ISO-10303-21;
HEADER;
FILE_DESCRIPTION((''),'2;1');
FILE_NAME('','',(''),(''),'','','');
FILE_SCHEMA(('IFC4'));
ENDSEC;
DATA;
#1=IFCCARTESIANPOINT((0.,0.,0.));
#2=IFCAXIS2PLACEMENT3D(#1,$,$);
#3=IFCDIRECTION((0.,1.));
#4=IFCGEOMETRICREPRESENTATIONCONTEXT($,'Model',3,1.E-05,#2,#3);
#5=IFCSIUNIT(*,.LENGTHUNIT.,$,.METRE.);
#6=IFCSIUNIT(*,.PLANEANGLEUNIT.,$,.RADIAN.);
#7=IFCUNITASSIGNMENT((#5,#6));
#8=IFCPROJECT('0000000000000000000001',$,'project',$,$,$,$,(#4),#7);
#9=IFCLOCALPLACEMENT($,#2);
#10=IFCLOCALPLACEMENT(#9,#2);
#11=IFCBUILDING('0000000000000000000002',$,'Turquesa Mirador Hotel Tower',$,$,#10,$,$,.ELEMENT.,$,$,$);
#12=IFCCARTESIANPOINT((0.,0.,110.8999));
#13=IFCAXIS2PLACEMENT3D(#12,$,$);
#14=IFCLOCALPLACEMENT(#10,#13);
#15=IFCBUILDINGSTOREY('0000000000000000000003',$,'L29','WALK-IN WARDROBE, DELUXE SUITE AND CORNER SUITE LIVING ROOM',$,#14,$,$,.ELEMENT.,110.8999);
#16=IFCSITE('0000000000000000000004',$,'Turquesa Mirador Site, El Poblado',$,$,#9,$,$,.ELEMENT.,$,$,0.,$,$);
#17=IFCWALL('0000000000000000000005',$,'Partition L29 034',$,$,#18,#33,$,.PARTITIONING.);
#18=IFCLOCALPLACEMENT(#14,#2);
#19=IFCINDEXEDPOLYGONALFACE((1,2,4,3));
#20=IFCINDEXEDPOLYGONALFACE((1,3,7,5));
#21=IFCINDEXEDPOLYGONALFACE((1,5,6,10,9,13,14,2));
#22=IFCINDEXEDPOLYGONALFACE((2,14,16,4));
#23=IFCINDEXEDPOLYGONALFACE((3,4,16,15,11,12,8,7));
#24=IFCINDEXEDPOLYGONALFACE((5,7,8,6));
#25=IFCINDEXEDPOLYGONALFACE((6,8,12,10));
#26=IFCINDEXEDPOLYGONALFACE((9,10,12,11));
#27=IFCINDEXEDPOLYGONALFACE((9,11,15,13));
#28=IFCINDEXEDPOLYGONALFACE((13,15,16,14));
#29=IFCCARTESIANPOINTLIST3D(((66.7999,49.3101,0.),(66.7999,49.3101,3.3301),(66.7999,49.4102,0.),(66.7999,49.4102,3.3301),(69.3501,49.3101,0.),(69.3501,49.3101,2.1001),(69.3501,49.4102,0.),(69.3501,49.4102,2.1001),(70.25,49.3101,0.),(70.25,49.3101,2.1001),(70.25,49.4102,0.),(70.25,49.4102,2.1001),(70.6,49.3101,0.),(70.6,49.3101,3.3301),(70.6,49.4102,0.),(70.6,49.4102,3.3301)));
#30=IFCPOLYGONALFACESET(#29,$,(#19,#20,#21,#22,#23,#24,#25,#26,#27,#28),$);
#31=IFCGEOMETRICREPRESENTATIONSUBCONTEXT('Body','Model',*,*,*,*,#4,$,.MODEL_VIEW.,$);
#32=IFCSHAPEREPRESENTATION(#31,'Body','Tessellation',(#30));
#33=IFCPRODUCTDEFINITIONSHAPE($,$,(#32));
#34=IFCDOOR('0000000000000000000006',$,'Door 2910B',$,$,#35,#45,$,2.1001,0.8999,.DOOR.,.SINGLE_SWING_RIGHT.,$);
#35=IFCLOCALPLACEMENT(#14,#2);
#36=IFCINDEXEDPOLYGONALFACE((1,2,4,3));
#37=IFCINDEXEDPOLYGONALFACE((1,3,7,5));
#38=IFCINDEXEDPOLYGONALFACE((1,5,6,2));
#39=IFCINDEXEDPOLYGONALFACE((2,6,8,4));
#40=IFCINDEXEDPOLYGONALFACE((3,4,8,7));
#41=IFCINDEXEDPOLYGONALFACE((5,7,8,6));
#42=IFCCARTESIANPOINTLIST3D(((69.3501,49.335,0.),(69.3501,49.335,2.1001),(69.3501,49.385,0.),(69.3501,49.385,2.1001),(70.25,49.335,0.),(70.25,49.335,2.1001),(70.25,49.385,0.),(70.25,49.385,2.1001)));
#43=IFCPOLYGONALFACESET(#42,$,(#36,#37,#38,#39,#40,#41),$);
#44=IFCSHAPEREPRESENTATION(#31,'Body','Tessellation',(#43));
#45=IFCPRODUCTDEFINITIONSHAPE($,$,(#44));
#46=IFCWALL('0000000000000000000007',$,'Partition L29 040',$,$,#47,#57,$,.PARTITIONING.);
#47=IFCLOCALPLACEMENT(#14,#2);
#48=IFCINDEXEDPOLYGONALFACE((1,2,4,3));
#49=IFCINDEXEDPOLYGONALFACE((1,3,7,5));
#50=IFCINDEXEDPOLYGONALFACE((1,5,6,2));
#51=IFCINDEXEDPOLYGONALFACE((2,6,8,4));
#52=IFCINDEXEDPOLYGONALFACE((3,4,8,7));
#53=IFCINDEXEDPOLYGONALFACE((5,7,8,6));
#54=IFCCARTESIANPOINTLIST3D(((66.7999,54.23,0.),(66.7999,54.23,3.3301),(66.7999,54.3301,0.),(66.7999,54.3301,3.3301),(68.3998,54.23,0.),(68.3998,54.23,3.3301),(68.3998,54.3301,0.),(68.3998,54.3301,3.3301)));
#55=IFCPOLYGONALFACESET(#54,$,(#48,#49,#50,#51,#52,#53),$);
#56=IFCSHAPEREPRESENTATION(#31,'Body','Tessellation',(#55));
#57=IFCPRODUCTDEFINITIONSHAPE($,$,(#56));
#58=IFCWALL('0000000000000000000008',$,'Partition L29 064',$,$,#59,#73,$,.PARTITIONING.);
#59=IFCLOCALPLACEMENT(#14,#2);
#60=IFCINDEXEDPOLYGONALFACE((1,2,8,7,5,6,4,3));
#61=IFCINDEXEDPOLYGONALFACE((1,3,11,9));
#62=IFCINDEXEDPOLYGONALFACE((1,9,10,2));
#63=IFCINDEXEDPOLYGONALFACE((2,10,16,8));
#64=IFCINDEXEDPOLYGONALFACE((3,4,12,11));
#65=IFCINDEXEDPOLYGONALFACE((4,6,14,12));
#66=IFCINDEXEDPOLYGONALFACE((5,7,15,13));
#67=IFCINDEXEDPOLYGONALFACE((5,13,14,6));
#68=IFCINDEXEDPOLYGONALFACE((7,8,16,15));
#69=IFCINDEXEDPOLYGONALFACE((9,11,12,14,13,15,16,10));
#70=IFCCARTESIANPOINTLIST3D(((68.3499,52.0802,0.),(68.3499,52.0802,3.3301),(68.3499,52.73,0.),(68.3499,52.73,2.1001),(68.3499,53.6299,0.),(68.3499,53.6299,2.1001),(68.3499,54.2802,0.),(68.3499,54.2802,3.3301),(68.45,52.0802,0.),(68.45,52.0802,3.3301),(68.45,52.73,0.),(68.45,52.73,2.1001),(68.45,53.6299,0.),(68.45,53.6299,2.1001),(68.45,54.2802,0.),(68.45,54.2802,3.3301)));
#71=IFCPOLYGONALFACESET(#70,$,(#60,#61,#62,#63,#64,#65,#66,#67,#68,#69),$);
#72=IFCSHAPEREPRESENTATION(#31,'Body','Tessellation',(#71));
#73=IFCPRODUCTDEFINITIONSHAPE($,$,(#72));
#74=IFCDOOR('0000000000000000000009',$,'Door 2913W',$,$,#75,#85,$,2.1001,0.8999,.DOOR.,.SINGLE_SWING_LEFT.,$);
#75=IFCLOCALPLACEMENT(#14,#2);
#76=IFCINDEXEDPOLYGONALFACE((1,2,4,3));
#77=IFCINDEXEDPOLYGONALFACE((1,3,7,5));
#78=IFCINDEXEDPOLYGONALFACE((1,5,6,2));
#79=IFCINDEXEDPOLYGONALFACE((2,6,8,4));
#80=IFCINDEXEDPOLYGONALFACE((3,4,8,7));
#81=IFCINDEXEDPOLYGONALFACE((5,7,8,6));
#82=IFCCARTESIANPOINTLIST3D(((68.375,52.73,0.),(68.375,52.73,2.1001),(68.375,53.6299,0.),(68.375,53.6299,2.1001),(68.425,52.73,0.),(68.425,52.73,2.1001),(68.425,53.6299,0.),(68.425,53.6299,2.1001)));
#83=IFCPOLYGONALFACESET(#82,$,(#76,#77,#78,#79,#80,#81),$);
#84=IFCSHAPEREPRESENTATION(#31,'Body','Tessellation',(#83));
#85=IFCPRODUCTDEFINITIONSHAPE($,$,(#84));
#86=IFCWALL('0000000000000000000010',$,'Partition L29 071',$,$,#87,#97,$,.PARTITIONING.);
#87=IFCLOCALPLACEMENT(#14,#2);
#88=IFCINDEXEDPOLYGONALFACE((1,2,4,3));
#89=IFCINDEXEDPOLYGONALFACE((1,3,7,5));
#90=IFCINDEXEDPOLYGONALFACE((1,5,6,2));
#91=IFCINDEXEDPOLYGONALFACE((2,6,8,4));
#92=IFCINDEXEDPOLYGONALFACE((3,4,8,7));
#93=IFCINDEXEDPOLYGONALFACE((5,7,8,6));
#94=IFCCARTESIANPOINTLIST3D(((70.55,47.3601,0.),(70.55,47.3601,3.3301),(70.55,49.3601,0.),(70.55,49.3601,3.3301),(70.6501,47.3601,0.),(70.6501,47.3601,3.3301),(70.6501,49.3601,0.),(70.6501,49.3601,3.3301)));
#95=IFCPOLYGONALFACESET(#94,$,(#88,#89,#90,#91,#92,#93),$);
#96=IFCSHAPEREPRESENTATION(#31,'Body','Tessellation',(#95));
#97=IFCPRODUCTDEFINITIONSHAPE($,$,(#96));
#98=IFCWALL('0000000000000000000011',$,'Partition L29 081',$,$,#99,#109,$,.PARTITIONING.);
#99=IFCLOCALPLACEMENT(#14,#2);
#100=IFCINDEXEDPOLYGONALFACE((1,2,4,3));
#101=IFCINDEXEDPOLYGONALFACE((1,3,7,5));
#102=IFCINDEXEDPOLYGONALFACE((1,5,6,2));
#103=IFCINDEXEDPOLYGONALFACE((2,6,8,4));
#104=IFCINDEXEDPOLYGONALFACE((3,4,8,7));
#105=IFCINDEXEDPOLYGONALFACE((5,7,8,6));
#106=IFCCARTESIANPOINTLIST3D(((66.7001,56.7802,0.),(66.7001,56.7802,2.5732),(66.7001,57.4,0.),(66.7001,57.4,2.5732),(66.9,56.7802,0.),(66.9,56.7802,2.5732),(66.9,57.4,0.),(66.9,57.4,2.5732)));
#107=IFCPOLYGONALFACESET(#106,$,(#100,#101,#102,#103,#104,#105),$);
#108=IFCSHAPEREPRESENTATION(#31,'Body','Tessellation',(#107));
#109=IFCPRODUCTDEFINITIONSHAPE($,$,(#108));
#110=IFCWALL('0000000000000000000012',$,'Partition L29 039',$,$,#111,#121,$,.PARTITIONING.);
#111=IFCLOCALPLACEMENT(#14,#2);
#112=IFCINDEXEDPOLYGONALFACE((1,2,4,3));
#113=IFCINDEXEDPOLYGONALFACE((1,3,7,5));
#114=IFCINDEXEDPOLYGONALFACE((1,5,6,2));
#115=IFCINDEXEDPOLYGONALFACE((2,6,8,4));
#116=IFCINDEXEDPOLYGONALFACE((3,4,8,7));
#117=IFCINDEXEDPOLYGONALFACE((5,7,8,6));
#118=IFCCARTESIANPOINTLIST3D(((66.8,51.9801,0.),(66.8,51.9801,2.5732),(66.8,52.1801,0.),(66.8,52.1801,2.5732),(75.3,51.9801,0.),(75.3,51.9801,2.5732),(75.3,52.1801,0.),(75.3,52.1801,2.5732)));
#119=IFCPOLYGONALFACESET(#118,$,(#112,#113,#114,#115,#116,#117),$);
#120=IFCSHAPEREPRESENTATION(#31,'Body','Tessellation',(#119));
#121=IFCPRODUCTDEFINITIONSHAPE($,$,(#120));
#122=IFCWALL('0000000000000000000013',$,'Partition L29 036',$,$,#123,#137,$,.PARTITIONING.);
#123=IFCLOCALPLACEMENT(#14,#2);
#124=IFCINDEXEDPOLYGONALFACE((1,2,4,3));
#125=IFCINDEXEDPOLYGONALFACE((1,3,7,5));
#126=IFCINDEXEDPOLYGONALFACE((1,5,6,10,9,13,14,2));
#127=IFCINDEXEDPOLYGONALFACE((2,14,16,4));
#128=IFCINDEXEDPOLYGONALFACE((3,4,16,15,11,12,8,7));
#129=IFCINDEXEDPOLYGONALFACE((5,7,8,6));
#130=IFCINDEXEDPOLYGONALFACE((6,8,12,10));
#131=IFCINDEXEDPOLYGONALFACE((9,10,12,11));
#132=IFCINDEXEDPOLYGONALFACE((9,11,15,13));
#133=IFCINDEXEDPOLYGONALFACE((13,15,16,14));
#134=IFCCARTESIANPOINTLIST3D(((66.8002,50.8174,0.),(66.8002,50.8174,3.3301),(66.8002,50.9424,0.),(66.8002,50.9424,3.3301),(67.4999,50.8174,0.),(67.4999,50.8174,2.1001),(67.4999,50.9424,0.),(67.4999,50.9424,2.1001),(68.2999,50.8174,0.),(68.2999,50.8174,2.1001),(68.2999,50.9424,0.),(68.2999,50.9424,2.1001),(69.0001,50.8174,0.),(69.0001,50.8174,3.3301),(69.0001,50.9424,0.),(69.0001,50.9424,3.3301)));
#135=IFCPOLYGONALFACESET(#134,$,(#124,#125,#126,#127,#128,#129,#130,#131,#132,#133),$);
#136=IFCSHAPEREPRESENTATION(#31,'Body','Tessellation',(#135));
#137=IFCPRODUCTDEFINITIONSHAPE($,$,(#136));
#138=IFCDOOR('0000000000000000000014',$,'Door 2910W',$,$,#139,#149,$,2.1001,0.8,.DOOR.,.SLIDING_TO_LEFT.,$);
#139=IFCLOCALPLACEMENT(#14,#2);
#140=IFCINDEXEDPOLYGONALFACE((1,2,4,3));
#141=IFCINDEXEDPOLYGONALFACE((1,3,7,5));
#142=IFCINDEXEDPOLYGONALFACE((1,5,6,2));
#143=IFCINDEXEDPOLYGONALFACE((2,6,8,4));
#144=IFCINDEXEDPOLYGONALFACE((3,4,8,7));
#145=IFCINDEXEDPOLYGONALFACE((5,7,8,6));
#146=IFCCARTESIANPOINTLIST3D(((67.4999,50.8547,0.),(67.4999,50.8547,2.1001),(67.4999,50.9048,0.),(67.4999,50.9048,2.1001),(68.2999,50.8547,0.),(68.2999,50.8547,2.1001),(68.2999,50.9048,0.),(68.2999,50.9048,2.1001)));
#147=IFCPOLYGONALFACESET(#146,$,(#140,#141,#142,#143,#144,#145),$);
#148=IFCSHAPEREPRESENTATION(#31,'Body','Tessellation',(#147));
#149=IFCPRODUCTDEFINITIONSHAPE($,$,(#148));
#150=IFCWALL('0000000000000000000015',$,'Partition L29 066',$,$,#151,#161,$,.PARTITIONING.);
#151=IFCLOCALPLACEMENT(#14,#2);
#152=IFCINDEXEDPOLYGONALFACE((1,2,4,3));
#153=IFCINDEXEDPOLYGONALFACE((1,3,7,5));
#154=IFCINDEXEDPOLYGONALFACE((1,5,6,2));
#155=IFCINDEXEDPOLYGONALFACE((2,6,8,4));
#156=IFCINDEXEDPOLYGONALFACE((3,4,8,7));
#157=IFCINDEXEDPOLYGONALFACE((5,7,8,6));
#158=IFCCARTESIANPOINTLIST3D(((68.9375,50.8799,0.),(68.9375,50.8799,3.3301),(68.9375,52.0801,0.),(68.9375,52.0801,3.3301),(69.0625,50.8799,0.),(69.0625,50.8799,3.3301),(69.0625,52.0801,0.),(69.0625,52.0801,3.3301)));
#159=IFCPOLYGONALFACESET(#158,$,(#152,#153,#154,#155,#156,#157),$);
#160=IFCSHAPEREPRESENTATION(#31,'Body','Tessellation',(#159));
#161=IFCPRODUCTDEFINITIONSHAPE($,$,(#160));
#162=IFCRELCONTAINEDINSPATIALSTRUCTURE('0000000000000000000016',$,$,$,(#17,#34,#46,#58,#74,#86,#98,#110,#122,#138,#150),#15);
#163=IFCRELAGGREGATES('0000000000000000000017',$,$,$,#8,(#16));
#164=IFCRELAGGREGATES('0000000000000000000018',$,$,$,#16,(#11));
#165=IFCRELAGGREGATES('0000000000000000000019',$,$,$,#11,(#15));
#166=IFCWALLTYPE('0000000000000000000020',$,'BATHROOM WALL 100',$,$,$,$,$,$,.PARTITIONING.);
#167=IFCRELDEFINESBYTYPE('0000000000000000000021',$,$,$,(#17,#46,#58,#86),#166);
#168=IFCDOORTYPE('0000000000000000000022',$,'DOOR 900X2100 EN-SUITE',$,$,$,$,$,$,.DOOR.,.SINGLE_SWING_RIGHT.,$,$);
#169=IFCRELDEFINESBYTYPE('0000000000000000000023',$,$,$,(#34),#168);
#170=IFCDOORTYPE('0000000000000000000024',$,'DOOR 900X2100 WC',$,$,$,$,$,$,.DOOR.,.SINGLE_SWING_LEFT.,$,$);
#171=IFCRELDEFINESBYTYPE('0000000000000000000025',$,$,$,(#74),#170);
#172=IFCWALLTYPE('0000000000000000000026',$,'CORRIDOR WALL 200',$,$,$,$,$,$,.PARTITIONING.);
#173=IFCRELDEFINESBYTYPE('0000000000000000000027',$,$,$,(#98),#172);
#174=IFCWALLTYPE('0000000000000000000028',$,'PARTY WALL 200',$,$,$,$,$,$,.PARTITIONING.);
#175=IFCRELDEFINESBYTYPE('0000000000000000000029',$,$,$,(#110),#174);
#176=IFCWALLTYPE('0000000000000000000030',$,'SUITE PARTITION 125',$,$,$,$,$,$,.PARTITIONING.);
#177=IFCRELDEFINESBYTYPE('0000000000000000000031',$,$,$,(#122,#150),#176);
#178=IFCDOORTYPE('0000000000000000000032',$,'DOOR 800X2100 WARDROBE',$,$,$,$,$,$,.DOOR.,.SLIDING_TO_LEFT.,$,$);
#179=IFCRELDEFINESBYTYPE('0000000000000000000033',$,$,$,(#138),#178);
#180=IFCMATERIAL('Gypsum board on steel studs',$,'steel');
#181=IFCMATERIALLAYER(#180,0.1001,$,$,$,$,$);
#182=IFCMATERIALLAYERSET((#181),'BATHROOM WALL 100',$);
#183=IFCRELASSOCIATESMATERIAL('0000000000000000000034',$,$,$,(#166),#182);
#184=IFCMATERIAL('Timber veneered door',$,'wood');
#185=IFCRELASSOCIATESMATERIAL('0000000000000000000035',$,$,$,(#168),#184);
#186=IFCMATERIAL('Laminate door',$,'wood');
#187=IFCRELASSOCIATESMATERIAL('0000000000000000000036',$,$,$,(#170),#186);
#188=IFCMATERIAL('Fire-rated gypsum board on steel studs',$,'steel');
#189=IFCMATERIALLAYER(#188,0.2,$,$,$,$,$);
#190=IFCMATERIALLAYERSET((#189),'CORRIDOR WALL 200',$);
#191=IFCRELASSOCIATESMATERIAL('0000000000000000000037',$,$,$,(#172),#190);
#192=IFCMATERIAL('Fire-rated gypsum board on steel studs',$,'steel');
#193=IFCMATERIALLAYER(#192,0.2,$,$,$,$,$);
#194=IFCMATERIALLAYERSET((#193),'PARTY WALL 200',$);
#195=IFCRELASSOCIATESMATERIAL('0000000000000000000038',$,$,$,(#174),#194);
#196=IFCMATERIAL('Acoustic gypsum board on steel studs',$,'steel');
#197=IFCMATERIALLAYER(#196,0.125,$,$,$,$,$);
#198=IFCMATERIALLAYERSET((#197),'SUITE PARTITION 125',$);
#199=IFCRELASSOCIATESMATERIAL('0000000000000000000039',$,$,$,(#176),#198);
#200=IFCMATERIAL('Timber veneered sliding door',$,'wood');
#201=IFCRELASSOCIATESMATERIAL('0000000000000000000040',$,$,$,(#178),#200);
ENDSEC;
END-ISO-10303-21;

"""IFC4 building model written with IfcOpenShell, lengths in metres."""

from ifc_helpers import new_model, si_unit, direction, frame, frame_2d, origin, place, context, subcontext, project, spatial, rectangle, extrude, material, layer, layer_set, type_object, element, fill, save


model = new_model("IFC4")

# Units and contexts
model_context = context("Model", 3, precision=1e-05, world=origin(), true_north=direction((0.0, 1.0)))
body_context = subcontext(model_context, "Body", "Model", "MODEL_VIEW")
ifc_project = project(units=[si_unit("LENGTHUNIT", "METRE"), si_unit("PLANEANGLEUNIT", "RADIAN")], contexts=[model_context])

# Site, building, storey
site_placement = place(None, origin())
site = spatial("IfcSite", under=ifc_project, at=site_placement, Name="Turquesa Mirador Site, El Poblado", CompositionType="ELEMENT", RefElevation=0.0)
building_placement = place(site_placement, origin())
building = spatial("IfcBuilding", under=site, at=building_placement, Name="Turquesa Mirador Hotel Tower", CompositionType="ELEMENT")
storey_placement = place(building_placement, frame((0.0, 0.0, 110.8999)))
storey = spatial("IfcBuildingStorey", under=building, at=storey_placement, Name="L29", Description="WALK-IN WARDROBE, DELUXE SUITE AND CORNER SUITE LIVING ROOM", CompositionType="ELEMENT", Elevation=110.8999)

# Wall, opening, door
ifc_material_1 = material(Name="Gypsum board on steel studs", Category="steel")
ifc_layer_1 = layer(ifc_material_1, 0.1001)
ifc_layer_set_1 = layer_set([ifc_layer_1], Name="BATHROOM WALL 100")
wall_type_1 = type_object("IfcWallType", Name="BATHROOM WALL 100", PredefinedType="PARTITIONING", material=ifc_layer_set_1)
wall_1_placement = place(storey_placement, frame((66.8, 49.3601, 0.0), z_axis=(0.0, 0.0, 1.0), x_axis=(1.0, 0.0, 0.0)))
wall_1 = element("IfcWall", 1, at=wall_1_placement, inside=storey, type_object=wall_type_1, Name="Partition L29 034", PredefinedType="PARTITIONING", context=body_context, shape_type="SweptSolid", body=[
    extrude(rectangle(XDim=3.8, YDim=0.1001, at=frame_2d((1.8999, 0.0))), origin(), (0.0, 0.0, 1.0), 3.3301),
])
opening_1_placement = place(wall_1_placement, frame((2.55, 0.0, 0.0)))
opening_1 = element("IfcOpeningElement", 2, at=opening_1_placement, cuts=wall_1, PredefinedType="OPENING", context=body_context, shape_type="SweptSolid", body=[
    extrude(rectangle(XDim=0.8999, YDim=2.1001, at=frame_2d((0.45, 1.05))), frame((0.0, 0.0601, 0.0), z_axis=(0.0, -1.0, 0.0), x_axis=(1.0, 0.0, 0.0)), (0.0, 0.0, 1.0), 0.1201),
])
ifc_material_2 = material(Name="Timber veneered door", Category="wood")
door_type_1 = type_object("IfcDoorType", Name="DOOR 900X2100 EN-SUITE", OperationType="SINGLE_SWING_RIGHT", PredefinedType="DOOR", material=ifc_material_2)
door_1_placement = place(opening_1_placement, origin())
door_1 = element("IfcDoor", 3, at=door_1_placement, inside=storey, type_object=door_type_1, Name="Door 2910B", OperationType="SINGLE_SWING_RIGHT", OverallHeight=2.1001, OverallWidth=0.8999, PredefinedType="DOOR", context=body_context, shape_type="SweptSolid", body=[
    extrude(rectangle(XDim=0.8999, YDim=2.1001, at=frame_2d((0.45, 1.05))), frame((0.0, 0.0249, 0.0), z_axis=(0.0, -1.0, 0.0), x_axis=(1.0, 0.0, 0.0)), (0.0, 0.0, 1.0), 0.05),
])
fill(opening_1, door_1)

# Wall
wall_2_placement = place(storey_placement, frame((66.8, 54.28, 0.0), z_axis=(0.0, 0.0, 1.0), x_axis=(1.0, 0.0, 0.0)))
element("IfcWall", 4, at=wall_2_placement, inside=storey, type_object=wall_type_1, Name="Partition L29 040", PredefinedType="PARTITIONING", context=body_context, shape_type="SweptSolid", body=[
    extrude(rectangle(XDim=1.5999, YDim=0.1001, at=frame_2d((0.7998, 0.0))), origin(), (0.0, 0.0, 1.0), 3.3301),
])

# Wall, opening, door
wall_3_placement = place(storey_placement, frame((68.3999, 52.0801, 0.0), z_axis=(0.0, 0.0, 1.0), x_axis=(0.0, 1.0, 0.0)))
wall_3 = element("IfcWall", 5, at=wall_3_placement, inside=storey, type_object=wall_type_1, Name="Partition L29 064", PredefinedType="PARTITIONING", context=body_context, shape_type="SweptSolid", body=[
    extrude(rectangle(XDim=2.2, YDim=0.1001, at=frame_2d((1.1001, 0.0))), origin(), (0.0, 0.0, 1.0), 3.3301),
])
opening_2_placement = place(wall_3_placement, frame((0.6499, 0.0, 0.0)))
opening_2 = element("IfcOpeningElement", 6, at=opening_2_placement, cuts=wall_3, PredefinedType="OPENING", context=body_context, shape_type="SweptSolid", body=[
    extrude(rectangle(XDim=0.8999, YDim=2.1001, at=frame_2d((0.45, 1.05))), frame((0.0, 0.0601, 0.0), z_axis=(0.0, -1.0, 0.0), x_axis=(1.0, 0.0, 0.0)), (0.0, 0.0, 1.0), 0.1201),
])
ifc_material_3 = material(Name="Laminate door", Category="wood")
door_type_2 = type_object("IfcDoorType", Name="DOOR 900X2100 WC", OperationType="SINGLE_SWING_LEFT", PredefinedType="DOOR", material=ifc_material_3)
door_2_placement = place(opening_2_placement, origin())
door_2 = element("IfcDoor", 7, at=door_2_placement, inside=storey, type_object=door_type_2, Name="Door 2913W", OperationType="SINGLE_SWING_LEFT", OverallHeight=2.1001, OverallWidth=0.8999, PredefinedType="DOOR", context=body_context, shape_type="SweptSolid", body=[
    extrude(rectangle(XDim=0.8999, YDim=2.1001, at=frame_2d((0.45, 1.05))), frame((0.0, 0.0249, 0.0), z_axis=(0.0, -1.0, 0.0), x_axis=(1.0, 0.0, 0.0)), (0.0, 0.0, 1.0), 0.05),
])
fill(opening_2, door_2)

# Walls
wall_4_placement = place(storey_placement, frame((70.6001, 47.3601, 0.0), z_axis=(0.0, 0.0, 1.0), x_axis=(0.0, 1.0, 0.0)))
element("IfcWall", 8, at=wall_4_placement, inside=storey, type_object=wall_type_1, Name="Partition L29 071", PredefinedType="PARTITIONING", context=body_context, shape_type="SweptSolid", body=[
    extrude(rectangle(XDim=2.0, YDim=0.1001, at=frame_2d((1.0, 0.0))), origin(), (0.0, 0.0, 1.0), 3.3301),
])
ifc_material_4 = material(Name="Fire-rated gypsum board on steel studs", Category="steel")
ifc_layer_2 = layer(ifc_material_4, 0.2)
ifc_layer_set_2 = layer_set([ifc_layer_2], Name="CORRIDOR WALL 200")
wall_type_2 = type_object("IfcWallType", Name="CORRIDOR WALL 200", PredefinedType="PARTITIONING", material=ifc_layer_set_2)
wall_5_placement = place(storey_placement, frame((66.8, 56.78, 0.0), z_axis=(0.0, 0.0, 1.0), x_axis=(0.0, 1.0, 0.0)))
element("IfcWall", 9, at=wall_5_placement, inside=storey, type_object=wall_type_2, Name="Partition L29 081", PredefinedType="PARTITIONING", context=body_context, shape_type="SweptSolid", body=[
    extrude(rectangle(XDim=0.6199, YDim=0.2, at=frame_2d((0.3101, 0.0))), origin(), (0.0, 0.0, 1.0), 2.5732),
])
ifc_material_5 = material(Name="Fire-rated gypsum board on steel studs", Category="steel")
ifc_layer_3 = layer(ifc_material_5, 0.2)
ifc_layer_set_3 = layer_set([ifc_layer_3], Name="PARTY WALL 200")
wall_type_3 = type_object("IfcWallType", Name="PARTY WALL 200", PredefinedType="PARTITIONING", material=ifc_layer_set_3)
wall_6_placement = place(storey_placement, frame((66.8, 52.0801, 0.0), z_axis=(0.0, 0.0, 1.0), x_axis=(1.0, 0.0, 0.0)))
element("IfcWall", 10, at=wall_6_placement, inside=storey, type_object=wall_type_3, Name="Partition L29 039", PredefinedType="PARTITIONING", context=body_context, shape_type="SweptSolid", body=[
    extrude(rectangle(XDim=8.5, YDim=0.2, at=frame_2d((4.25, 0.0))), origin(), (0.0, 0.0, 1.0), 2.5732),
])

# Wall, opening, door
ifc_material_6 = material(Name="Acoustic gypsum board on steel studs", Category="steel")
ifc_layer_4 = layer(ifc_material_6, 0.125)
ifc_layer_set_4 = layer_set([ifc_layer_4], Name="SUITE PARTITION 125")
wall_type_4 = type_object("IfcWallType", Name="SUITE PARTITION 125", PredefinedType="PARTITIONING", material=ifc_layer_set_4)
wall_7_placement = place(storey_placement, frame((66.8, 50.8799, 0.0), z_axis=(0.0, 0.0, 1.0), x_axis=(1.0, 0.0, 0.0)))
wall_7 = element("IfcWall", 11, at=wall_7_placement, inside=storey, type_object=wall_type_4, Name="Partition L29 036", PredefinedType="PARTITIONING", context=body_context, shape_type="SweptSolid", body=[
    extrude(rectangle(XDim=2.2, YDim=0.125, at=frame_2d((1.1001, 0.0))), origin(), (0.0, 0.0, 1.0), 3.3301),
])
opening_3_placement = place(wall_7_placement, frame((0.7, 0.0, 0.0)))
opening_3 = element("IfcOpeningElement", 12, at=opening_3_placement, cuts=wall_7, PredefinedType="OPENING", context=body_context, shape_type="SweptSolid", body=[
    extrude(rectangle(XDim=0.8, YDim=2.1001, at=frame_2d((0.3999, 1.05))), frame((0.0, 0.0725, 0.0), z_axis=(0.0, -1.0, 0.0), x_axis=(1.0, 0.0, 0.0)), (0.0, 0.0, 1.0), 0.145),
])
ifc_material_7 = material(Name="Timber veneered sliding door", Category="wood")
door_type_3 = type_object("IfcDoorType", Name="DOOR 800X2100 WARDROBE", OperationType="SLIDING_TO_LEFT", PredefinedType="DOOR", material=ifc_material_7)
door_3_placement = place(opening_3_placement, origin())
door_3 = element("IfcDoor", 13, at=door_3_placement, inside=storey, type_object=door_type_3, Name="Door 2910W", OperationType="SLIDING_TO_LEFT", OverallHeight=2.1001, OverallWidth=0.8, PredefinedType="DOOR", context=body_context, shape_type="SweptSolid", body=[
    extrude(rectangle(XDim=0.8, YDim=2.1001, at=frame_2d((0.3999, 1.05))), frame((0.0, 0.0249, 0.0), z_axis=(0.0, -1.0, 0.0), x_axis=(1.0, 0.0, 0.0)), (0.0, 0.0, 1.0), 0.05),
])
fill(opening_3, door_3)

# Wall
wall_8_placement = place(storey_placement, frame((69.0, 50.8799, 0.0), z_axis=(0.0, 0.0, 1.0), x_axis=(0.0, 1.0, 0.0)))
element("IfcWall", 14, at=wall_8_placement, inside=storey, type_object=wall_type_4, Name="Partition L29 066", PredefinedType="PARTITIONING", context=body_context, shape_type="SweptSolid", body=[
    extrude(rectangle(XDim=1.2002, YDim=0.125, at=frame_2d((0.6001, 0.0))), origin(), (0.0, 0.0, 1.0), 3.3301),
])

save(model, "model.ifc")
